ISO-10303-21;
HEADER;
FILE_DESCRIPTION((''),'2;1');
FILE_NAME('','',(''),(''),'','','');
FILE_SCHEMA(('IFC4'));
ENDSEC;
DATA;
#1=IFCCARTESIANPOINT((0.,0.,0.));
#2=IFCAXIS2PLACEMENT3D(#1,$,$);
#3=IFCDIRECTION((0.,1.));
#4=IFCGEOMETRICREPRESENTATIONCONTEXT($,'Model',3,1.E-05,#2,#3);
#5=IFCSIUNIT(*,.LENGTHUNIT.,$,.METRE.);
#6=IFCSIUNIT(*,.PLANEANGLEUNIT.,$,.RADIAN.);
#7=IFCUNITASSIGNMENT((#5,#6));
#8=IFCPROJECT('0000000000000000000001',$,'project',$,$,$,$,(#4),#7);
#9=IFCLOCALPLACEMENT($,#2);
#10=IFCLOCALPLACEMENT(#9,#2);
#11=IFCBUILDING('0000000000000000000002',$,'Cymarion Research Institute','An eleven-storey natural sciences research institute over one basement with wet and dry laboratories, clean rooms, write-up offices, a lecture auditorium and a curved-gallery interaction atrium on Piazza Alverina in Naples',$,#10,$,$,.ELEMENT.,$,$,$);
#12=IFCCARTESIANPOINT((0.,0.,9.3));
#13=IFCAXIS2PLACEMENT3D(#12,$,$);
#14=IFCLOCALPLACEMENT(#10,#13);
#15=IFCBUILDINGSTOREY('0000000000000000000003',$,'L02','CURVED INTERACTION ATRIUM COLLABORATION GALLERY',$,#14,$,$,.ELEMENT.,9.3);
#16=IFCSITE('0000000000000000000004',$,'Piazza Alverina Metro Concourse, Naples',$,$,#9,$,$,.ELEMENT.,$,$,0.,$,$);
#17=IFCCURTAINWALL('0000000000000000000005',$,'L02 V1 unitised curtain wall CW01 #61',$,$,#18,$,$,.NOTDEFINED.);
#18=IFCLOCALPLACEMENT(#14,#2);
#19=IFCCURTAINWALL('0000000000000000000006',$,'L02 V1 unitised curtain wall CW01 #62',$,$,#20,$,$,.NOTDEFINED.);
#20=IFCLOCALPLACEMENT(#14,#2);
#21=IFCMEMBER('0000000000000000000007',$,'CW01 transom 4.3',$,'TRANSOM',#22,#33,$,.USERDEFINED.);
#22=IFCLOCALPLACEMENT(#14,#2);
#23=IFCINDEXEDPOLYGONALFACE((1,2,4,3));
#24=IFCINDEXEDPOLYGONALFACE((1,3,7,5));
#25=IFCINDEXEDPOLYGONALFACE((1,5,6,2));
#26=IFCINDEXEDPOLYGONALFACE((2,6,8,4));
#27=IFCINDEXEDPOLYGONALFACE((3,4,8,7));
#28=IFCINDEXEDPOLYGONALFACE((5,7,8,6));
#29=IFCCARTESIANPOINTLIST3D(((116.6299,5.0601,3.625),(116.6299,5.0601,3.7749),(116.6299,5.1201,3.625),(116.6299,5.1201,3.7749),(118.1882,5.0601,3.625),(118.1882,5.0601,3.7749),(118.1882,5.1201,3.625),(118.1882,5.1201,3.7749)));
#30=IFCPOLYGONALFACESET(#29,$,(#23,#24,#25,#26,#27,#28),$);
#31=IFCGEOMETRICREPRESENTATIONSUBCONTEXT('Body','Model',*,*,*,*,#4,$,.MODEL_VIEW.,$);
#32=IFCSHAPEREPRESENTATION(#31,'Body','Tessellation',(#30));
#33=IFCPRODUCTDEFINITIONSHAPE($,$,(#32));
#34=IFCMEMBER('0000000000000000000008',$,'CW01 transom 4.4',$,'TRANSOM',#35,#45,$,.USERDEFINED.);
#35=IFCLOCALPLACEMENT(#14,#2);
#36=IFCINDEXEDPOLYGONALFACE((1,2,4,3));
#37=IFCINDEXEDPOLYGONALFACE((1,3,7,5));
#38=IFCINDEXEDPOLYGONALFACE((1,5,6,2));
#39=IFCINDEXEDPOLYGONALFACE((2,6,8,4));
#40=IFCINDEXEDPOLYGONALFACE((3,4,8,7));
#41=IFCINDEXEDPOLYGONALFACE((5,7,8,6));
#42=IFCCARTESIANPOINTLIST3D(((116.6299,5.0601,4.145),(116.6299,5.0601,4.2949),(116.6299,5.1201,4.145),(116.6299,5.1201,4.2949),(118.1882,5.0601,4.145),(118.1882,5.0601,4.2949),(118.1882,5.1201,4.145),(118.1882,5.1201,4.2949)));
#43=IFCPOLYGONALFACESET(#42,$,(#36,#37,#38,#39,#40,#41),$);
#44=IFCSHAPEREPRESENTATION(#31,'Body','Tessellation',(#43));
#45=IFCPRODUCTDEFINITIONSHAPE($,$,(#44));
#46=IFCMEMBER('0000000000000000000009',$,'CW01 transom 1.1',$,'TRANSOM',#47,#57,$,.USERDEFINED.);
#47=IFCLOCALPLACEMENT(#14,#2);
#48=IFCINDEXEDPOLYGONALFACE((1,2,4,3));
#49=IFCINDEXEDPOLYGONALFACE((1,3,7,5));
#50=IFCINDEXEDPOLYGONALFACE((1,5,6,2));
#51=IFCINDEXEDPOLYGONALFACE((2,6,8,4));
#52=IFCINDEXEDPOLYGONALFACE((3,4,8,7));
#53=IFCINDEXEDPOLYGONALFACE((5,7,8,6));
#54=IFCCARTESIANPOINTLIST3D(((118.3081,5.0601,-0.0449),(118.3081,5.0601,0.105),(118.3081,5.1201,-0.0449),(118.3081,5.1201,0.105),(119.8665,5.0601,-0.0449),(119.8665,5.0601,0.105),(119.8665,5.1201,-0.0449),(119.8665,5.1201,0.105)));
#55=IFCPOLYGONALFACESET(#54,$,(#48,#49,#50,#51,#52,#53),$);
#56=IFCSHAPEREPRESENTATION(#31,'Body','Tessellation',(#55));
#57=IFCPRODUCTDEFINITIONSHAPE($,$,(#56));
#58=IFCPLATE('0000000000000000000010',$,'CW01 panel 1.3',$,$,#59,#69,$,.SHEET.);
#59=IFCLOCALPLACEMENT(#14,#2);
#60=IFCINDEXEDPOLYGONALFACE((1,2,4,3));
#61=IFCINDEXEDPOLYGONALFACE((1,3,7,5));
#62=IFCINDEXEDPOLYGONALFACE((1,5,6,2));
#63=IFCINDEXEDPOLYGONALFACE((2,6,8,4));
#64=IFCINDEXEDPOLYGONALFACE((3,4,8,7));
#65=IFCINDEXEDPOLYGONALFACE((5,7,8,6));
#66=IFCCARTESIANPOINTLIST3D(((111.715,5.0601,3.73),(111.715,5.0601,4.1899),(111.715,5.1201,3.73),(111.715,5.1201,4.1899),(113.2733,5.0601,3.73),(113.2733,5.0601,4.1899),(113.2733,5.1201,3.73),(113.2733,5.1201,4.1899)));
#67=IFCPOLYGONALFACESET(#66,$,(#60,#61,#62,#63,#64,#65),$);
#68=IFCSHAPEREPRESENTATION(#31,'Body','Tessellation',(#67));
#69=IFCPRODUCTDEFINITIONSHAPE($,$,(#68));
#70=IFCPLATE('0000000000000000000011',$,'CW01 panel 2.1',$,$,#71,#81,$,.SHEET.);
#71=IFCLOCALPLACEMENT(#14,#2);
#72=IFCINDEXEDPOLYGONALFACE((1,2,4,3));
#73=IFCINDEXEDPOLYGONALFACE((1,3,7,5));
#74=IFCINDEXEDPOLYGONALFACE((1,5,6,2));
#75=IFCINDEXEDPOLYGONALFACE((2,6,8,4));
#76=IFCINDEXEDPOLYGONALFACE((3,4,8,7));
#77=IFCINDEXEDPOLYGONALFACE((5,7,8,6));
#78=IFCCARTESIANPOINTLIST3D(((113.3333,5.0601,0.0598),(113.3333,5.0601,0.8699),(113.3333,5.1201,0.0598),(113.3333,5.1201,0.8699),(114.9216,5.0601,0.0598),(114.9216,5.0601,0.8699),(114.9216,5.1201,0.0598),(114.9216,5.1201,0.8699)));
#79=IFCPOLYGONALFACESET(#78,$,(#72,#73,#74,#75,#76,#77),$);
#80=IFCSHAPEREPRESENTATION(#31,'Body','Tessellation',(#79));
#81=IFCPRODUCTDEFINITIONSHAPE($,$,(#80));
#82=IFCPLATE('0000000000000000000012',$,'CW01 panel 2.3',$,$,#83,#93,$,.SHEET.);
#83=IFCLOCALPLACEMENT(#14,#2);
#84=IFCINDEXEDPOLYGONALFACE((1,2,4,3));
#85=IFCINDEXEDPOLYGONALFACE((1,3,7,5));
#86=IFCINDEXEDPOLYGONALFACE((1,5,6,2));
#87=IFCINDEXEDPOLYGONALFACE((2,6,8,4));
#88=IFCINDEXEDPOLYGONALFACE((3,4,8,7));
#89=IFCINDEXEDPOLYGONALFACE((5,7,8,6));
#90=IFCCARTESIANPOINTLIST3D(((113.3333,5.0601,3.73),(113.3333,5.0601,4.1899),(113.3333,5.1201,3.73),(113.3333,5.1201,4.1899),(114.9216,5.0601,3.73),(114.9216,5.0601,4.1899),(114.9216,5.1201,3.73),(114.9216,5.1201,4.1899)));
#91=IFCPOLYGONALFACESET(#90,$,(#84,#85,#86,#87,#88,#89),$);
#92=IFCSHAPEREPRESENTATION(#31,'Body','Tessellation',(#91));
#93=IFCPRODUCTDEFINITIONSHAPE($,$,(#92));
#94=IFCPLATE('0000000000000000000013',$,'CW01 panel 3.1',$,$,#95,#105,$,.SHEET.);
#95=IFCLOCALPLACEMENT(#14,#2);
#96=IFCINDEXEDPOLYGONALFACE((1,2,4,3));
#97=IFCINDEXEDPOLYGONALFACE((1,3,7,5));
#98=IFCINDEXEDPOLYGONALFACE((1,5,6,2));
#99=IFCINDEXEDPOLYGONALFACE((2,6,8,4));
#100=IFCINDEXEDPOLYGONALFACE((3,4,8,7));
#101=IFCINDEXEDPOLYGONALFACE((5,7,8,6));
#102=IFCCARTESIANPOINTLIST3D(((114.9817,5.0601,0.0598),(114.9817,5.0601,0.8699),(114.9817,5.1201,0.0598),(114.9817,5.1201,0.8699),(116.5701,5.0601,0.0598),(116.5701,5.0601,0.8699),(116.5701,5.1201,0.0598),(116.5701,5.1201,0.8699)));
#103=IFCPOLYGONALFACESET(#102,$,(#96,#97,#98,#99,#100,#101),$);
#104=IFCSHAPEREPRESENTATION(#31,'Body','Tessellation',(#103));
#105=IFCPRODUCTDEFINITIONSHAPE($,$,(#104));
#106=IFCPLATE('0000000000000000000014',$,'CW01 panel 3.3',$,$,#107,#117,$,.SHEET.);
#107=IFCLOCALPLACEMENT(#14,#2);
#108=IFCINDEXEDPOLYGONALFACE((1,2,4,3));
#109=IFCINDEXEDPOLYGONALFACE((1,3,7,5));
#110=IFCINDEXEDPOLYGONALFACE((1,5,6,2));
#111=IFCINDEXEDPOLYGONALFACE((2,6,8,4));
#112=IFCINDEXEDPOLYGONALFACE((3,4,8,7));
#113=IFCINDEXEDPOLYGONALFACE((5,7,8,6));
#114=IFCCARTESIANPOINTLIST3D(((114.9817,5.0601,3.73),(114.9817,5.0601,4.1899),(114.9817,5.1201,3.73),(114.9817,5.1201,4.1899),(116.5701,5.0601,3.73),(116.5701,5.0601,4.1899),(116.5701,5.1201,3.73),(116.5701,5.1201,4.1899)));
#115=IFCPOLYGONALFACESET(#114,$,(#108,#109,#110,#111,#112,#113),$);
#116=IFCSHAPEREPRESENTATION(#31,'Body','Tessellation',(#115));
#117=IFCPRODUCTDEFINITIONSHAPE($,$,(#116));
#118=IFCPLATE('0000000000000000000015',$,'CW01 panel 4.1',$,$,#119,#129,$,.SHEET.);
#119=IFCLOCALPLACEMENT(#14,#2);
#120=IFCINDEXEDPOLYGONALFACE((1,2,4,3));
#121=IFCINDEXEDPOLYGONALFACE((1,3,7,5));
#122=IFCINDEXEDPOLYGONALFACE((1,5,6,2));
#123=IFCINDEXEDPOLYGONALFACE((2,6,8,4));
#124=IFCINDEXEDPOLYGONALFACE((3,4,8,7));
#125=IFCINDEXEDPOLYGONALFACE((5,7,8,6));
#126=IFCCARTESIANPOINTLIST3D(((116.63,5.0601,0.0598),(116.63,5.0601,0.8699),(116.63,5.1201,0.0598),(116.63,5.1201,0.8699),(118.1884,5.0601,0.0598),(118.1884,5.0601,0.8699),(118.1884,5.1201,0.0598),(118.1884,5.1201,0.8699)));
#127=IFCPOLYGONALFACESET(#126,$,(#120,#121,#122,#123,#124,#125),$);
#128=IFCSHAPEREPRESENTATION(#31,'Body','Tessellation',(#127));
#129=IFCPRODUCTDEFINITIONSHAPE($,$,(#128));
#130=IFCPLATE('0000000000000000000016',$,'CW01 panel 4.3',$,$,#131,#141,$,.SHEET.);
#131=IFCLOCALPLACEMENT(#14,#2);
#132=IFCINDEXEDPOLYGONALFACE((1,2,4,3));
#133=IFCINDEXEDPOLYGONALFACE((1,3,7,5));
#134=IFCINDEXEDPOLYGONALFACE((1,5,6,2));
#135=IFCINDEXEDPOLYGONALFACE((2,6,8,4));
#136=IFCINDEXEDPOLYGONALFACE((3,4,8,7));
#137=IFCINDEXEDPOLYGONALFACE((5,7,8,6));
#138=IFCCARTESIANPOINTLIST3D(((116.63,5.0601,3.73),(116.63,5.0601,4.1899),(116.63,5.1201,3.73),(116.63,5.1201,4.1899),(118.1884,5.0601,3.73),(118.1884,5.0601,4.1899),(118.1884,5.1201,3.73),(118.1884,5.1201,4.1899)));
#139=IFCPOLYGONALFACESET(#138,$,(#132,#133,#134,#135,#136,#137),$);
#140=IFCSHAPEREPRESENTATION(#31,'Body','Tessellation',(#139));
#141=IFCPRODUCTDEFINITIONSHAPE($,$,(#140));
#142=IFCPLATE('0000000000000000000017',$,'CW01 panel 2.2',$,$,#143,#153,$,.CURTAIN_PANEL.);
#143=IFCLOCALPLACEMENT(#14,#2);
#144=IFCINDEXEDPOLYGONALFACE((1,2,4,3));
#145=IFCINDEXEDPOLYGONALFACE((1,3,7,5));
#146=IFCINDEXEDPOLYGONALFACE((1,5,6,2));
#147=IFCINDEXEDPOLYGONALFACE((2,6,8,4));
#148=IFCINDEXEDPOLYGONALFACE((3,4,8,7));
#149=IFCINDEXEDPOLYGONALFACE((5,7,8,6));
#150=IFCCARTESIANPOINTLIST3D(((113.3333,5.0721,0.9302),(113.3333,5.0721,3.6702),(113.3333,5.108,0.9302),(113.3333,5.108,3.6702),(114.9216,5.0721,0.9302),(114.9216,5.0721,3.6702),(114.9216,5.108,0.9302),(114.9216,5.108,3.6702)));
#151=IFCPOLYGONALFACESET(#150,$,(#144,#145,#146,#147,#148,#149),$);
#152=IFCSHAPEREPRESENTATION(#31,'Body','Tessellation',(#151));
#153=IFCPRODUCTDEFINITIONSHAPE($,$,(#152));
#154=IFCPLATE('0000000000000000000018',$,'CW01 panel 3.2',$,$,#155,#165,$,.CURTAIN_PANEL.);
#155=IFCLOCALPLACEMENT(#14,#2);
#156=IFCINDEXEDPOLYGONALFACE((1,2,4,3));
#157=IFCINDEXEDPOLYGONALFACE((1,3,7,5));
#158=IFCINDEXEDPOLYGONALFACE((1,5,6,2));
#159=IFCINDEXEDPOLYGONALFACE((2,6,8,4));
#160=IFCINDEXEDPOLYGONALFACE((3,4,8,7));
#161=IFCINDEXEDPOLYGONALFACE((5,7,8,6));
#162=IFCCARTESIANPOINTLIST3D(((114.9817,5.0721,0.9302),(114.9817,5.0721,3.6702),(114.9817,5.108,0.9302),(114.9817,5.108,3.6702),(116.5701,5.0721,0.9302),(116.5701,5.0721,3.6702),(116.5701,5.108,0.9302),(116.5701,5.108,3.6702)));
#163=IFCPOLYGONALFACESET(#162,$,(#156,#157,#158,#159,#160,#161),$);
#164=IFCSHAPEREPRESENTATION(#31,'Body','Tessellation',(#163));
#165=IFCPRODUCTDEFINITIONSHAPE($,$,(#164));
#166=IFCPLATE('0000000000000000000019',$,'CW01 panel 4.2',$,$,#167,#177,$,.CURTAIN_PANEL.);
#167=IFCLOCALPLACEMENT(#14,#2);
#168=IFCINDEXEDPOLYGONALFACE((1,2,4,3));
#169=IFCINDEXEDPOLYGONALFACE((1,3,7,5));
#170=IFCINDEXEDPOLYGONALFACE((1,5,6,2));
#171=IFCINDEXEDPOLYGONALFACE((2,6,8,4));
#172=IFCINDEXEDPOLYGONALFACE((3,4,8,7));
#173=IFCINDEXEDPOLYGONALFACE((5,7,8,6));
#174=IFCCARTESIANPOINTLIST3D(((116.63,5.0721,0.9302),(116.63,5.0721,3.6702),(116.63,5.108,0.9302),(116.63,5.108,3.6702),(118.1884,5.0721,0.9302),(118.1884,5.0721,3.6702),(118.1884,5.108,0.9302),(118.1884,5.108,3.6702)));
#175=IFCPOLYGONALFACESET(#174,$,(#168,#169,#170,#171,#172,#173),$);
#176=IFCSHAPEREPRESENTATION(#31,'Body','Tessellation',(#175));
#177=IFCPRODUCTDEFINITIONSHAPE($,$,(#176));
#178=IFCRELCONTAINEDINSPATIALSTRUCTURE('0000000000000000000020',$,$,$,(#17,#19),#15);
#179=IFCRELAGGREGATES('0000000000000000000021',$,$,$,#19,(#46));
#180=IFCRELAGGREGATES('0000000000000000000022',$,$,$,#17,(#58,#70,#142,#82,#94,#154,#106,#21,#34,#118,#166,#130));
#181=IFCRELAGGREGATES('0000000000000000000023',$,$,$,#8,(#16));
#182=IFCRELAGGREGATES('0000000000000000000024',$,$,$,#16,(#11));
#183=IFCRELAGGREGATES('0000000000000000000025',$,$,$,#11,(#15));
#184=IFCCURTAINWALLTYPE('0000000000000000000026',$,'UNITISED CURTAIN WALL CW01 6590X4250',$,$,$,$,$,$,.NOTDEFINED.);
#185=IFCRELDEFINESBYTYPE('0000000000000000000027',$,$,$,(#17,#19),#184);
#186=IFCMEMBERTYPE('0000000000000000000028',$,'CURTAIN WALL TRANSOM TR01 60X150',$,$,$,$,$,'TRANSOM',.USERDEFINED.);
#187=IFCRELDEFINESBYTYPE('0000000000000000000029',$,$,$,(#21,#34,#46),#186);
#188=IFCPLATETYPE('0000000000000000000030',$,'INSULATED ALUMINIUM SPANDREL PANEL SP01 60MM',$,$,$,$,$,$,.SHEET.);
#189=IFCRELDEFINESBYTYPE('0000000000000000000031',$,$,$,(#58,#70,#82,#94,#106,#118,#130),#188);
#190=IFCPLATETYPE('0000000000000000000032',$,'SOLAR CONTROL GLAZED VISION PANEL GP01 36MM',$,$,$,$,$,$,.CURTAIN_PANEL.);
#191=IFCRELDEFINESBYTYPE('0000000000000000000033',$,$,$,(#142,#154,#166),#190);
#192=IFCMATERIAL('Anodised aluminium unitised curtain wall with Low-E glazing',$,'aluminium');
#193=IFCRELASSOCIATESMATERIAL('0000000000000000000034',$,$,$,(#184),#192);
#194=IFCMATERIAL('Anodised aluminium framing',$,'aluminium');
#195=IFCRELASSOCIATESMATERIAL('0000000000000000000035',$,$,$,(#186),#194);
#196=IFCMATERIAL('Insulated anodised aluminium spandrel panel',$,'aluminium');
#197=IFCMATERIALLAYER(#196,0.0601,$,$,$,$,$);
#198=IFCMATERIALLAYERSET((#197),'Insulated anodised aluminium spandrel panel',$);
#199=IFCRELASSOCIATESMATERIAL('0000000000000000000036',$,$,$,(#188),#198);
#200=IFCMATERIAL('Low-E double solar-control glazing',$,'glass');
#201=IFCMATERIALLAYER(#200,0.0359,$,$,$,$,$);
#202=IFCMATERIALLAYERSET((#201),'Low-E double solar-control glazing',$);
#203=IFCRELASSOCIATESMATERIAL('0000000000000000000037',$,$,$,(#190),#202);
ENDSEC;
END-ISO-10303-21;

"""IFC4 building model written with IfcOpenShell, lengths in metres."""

from ifc_helpers import new_model, si_unit, direction, frame, origin, origin_2d, place, context, subcontext, project, spatial, rectangle, extrude, material, layer, layer_set, material_profile, profile_set, type_object, element, aggregate, save


model = new_model("IFC4")

# Units and contexts
model_context = context("Model", 3, precision=1e-05, world=origin(), true_north=direction((0.0, 1.0)))
body_context = subcontext(model_context, "Body", "Model", "MODEL_VIEW")
ifc_project = project(units=[si_unit("LENGTHUNIT", "METRE"), si_unit("PLANEANGLEUNIT", "RADIAN")], contexts=[model_context])

# Site, building, storey
site_placement = place(None, origin())
site = spatial("IfcSite", under=ifc_project, at=site_placement, Name="Piazza Alverina Metro Concourse, Naples", CompositionType="ELEMENT", RefElevation=0.0)
building_placement = place(site_placement, origin())
building = spatial("IfcBuilding", under=site, at=building_placement, Name="Cymarion Research Institute", Description="An eleven-storey natural sciences research institute over one basement with wet and dry laboratories, clean rooms, write-up offices, a lecture auditorium and a curved-gallery interaction atrium on Piazza Alverina in Naples", CompositionType="ELEMENT")
storey_placement = place(building_placement, frame((0.0, 0.0, 9.3)))
storey = spatial("IfcBuildingStorey", under=building, at=storey_placement, Name="L02", Description="CURVED INTERACTION ATRIUM COLLABORATION GALLERY", CompositionType="ELEMENT", Elevation=9.3)

# Curtain wall
ifc_material_1 = material(Name="Anodised aluminium unitised curtain wall with Low-E glazing", Category="aluminium")
curtain_wall_type = type_object("IfcCurtainWallType", Name="UNITISED CURTAIN WALL CW01 6590X4250", PredefinedType="NOTDEFINED", material=ifc_material_1)
curtain_wall_1_placement = place(storey_placement, origin())
curtain_wall_1 = element("IfcCurtainWall", 1, at=curtain_wall_1_placement, inside=storey, type_object=curtain_wall_type, Name="L02 V1 unitised curtain wall CW01 #61", PredefinedType="NOTDEFINED")
ifc_material_2 = material(Name="Anodised aluminium framing", Category="aluminium")

# Curtain wall
curtain_wall_2_placement = place(storey_placement, origin())
curtain_wall_2 = element("IfcCurtainWall", 2, at=curtain_wall_2_placement, inside=storey, type_object=curtain_wall_type, Name="L02 V1 unitised curtain wall CW01 #62", PredefinedType="NOTDEFINED")

# Members
ifc_material_profile_1 = material_profile(ifc_material_2, rectangle(XDim=0.0601, YDim=0.1499, at=origin_2d()), Name="ALU TRANSOM 60x150")
ifc_profile_set_1 = profile_set([ifc_material_profile_1], Name="Anodised aluminium framing")
member_type_1 = type_object("IfcMemberType", Name="CURTAIN WALL TRANSOM TR01 60X150", ElementType="TRANSOM", PredefinedType="USERDEFINED", material=ifc_profile_set_1)
member_1_placement = place(storey_placement, frame((116.6299, 5.0901, 3.7), z_axis=(1.0, 0.0, 0.0), x_axis=(0.0, 1.0, 0.0)))
member_1 = element("IfcMember", 3, at=member_1_placement, type_object=member_type_1, Name="CW01 transom 4.3", ObjectType="TRANSOM", PredefinedType="USERDEFINED", context=body_context, shape_type="SweptSolid", body=[
    extrude(rectangle(XDim=0.0601, YDim=0.1499, at=origin_2d()), origin(), (0.0, 0.0, 1.0), 1.5583),
])
member_2_placement = place(storey_placement, frame((116.6299, 5.0901, 4.22), z_axis=(1.0, 0.0, 0.0), x_axis=(0.0, 1.0, 0.0)))
member_2 = element("IfcMember", 4, at=member_2_placement, type_object=member_type_1, Name="CW01 transom 4.4", ObjectType="TRANSOM", PredefinedType="USERDEFINED", context=body_context, shape_type="SweptSolid", body=[
    extrude(rectangle(XDim=0.0601, YDim=0.1499, at=origin_2d()), origin(), (0.0, 0.0, 1.0), 1.5583),
])
member_3_placement = place(storey_placement, frame((118.3081, 5.0901, 0.03), z_axis=(1.0, 0.0, 0.0), x_axis=(0.0, 1.0, 0.0)))
member_3 = element("IfcMember", 5, at=member_3_placement, type_object=member_type_1, Name="CW01 transom 1.1", ObjectType="TRANSOM", PredefinedType="USERDEFINED", context=body_context, shape_type="SweptSolid", body=[
    extrude(rectangle(XDim=0.0601, YDim=0.1499, at=origin_2d()), origin(), (0.0, 0.0, 1.0), 1.5583),
])
aggregate(curtain_wall_2, [member_3])

# Plates
ifc_material_3 = material(Name="Insulated anodised aluminium spandrel panel", Category="aluminium")
ifc_layer_1 = layer(ifc_material_3, 0.0601)
ifc_layer_set_1 = layer_set([ifc_layer_1], Name="Insulated anodised aluminium spandrel panel")
plate_type_1 = type_object("IfcPlateType", Name="INSULATED ALUMINIUM SPANDREL PANEL SP01 60MM", PredefinedType="SHEET", material=ifc_layer_set_1)
plate_1_placement = place(storey_placement, frame((112.4941, 5.0901, 3.73), z_axis=(0.0, 0.0, 1.0), x_axis=(1.0, 0.0, 0.0)))
plate_1 = element("IfcPlate", 6, at=plate_1_placement, type_object=plate_type_1, Name="CW01 panel 1.3", PredefinedType="SHEET", context=body_context, shape_type="SweptSolid", body=[
    extrude(rectangle(XDim=1.5583, YDim=0.0601, at=origin_2d()), origin(), (0.0, 0.0, 1.0), 0.46),
])
plate_2_placement = place(storey_placement, frame((114.1274, 5.0901, 0.0598), z_axis=(0.0, 0.0, 1.0), x_axis=(1.0, 0.0, 0.0)))
plate_2 = element("IfcPlate", 7, at=plate_2_placement, type_object=plate_type_1, Name="CW01 panel 2.1", PredefinedType="SHEET", context=body_context, shape_type="SweptSolid", body=[
    extrude(rectangle(XDim=1.5884, YDim=0.0601, at=origin_2d()), origin(), (0.0, 0.0, 1.0), 0.8101),
])
plate_3_placement = place(storey_placement, frame((114.1274, 5.0901, 3.73), z_axis=(0.0, 0.0, 1.0), x_axis=(1.0, 0.0, 0.0)))
plate_3 = element("IfcPlate", 8, at=plate_3_placement, type_object=plate_type_1, Name="CW01 panel 2.3", PredefinedType="SHEET", context=body_context, shape_type="SweptSolid", body=[
    extrude(rectangle(XDim=1.5884, YDim=0.0601, at=origin_2d()), origin(), (0.0, 0.0, 1.0), 0.46),
])
plate_4_placement = place(storey_placement, frame((115.7759, 5.0901, 0.0598), z_axis=(0.0, 0.0, 1.0), x_axis=(1.0, 0.0, 0.0)))
plate_4 = element("IfcPlate", 9, at=plate_4_placement, type_object=plate_type_1, Name="CW01 panel 3.1", PredefinedType="SHEET", context=body_context, shape_type="SweptSolid", body=[
    extrude(rectangle(XDim=1.5884, YDim=0.0601, at=origin_2d()), origin(), (0.0, 0.0, 1.0), 0.8101),
])
plate_5_placement = place(storey_placement, frame((115.7759, 5.0901, 3.73), z_axis=(0.0, 0.0, 1.0), x_axis=(1.0, 0.0, 0.0)))
plate_5 = element("IfcPlate", 10, at=plate_5_placement, type_object=plate_type_1, Name="CW01 panel 3.3", PredefinedType="SHEET", context=body_context, shape_type="SweptSolid", body=[
    extrude(rectangle(XDim=1.5884, YDim=0.0601, at=origin_2d()), origin(), (0.0, 0.0, 1.0), 0.46),
])
plate_6_placement = place(storey_placement, frame((117.4092, 5.0901, 0.0598), z_axis=(0.0, 0.0, 1.0), x_axis=(1.0, 0.0, 0.0)))
plate_6 = element("IfcPlate", 11, at=plate_6_placement, type_object=plate_type_1, Name="CW01 panel 4.1", PredefinedType="SHEET", context=body_context, shape_type="SweptSolid", body=[
    extrude(rectangle(XDim=1.5583, YDim=0.0601, at=origin_2d()), origin(), (0.0, 0.0, 1.0), 0.8101),
])
plate_7_placement = place(storey_placement, frame((117.4092, 5.0901, 3.73), z_axis=(0.0, 0.0, 1.0), x_axis=(1.0, 0.0, 0.0)))
plate_7 = element("IfcPlate", 12, at=plate_7_placement, type_object=plate_type_1, Name="CW01 panel 4.3", PredefinedType="SHEET", context=body_context, shape_type="SweptSolid", body=[
    extrude(rectangle(XDim=1.5583, YDim=0.0601, at=origin_2d()), origin(), (0.0, 0.0, 1.0), 0.46),
])
ifc_material_4 = material(Name="Low-E double solar-control glazing", Category="glass")
ifc_layer_2 = layer(ifc_material_4, 0.0359)
ifc_layer_set_2 = layer_set([ifc_layer_2], Name="Low-E double solar-control glazing")
plate_type_2 = type_object("IfcPlateType", Name="SOLAR CONTROL GLAZED VISION PANEL GP01 36MM", PredefinedType="CURTAIN_PANEL", material=ifc_layer_set_2)
plate_8_placement = place(storey_placement, frame((114.1274, 5.0901, 0.9302), z_axis=(0.0, 0.0, 1.0), x_axis=(1.0, 0.0, 0.0)))
plate_8 = element("IfcPlate", 13, at=plate_8_placement, type_object=plate_type_2, Name="CW01 panel 2.2", PredefinedType="CURTAIN_PANEL", context=body_context, shape_type="SweptSolid", body=[
    extrude(rectangle(XDim=1.5884, YDim=0.0359, at=origin_2d()), origin(), (0.0, 0.0, 1.0), 2.74),
])
plate_9_placement = place(storey_placement, frame((115.7759, 5.0901, 0.9302), z_axis=(0.0, 0.0, 1.0), x_axis=(1.0, 0.0, 0.0)))
plate_9 = element("IfcPlate", 14, at=plate_9_placement, type_object=plate_type_2, Name="CW01 panel 3.2", PredefinedType="CURTAIN_PANEL", context=body_context, shape_type="SweptSolid", body=[
    extrude(rectangle(XDim=1.5884, YDim=0.0359, at=origin_2d()), origin(), (0.0, 0.0, 1.0), 2.74),
])
plate_10_placement = place(storey_placement, frame((117.4092, 5.0901, 0.9302), z_axis=(0.0, 0.0, 1.0), x_axis=(1.0, 0.0, 0.0)))
plate_10 = element("IfcPlate", 15, at=plate_10_placement, type_object=plate_type_2, Name="CW01 panel 4.2", PredefinedType="CURTAIN_PANEL", context=body_context, shape_type="SweptSolid", body=[
    extrude(rectangle(XDim=1.5583, YDim=0.0359, at=origin_2d()), origin(), (0.0, 0.0, 1.0), 2.74),
])
aggregate(curtain_wall_1, [plate_1, plate_2, plate_8, plate_3, plate_4, plate_9, plate_5, member_1, member_2, plate_6, plate_10, plate_7])

save(model, "model.ifc")
